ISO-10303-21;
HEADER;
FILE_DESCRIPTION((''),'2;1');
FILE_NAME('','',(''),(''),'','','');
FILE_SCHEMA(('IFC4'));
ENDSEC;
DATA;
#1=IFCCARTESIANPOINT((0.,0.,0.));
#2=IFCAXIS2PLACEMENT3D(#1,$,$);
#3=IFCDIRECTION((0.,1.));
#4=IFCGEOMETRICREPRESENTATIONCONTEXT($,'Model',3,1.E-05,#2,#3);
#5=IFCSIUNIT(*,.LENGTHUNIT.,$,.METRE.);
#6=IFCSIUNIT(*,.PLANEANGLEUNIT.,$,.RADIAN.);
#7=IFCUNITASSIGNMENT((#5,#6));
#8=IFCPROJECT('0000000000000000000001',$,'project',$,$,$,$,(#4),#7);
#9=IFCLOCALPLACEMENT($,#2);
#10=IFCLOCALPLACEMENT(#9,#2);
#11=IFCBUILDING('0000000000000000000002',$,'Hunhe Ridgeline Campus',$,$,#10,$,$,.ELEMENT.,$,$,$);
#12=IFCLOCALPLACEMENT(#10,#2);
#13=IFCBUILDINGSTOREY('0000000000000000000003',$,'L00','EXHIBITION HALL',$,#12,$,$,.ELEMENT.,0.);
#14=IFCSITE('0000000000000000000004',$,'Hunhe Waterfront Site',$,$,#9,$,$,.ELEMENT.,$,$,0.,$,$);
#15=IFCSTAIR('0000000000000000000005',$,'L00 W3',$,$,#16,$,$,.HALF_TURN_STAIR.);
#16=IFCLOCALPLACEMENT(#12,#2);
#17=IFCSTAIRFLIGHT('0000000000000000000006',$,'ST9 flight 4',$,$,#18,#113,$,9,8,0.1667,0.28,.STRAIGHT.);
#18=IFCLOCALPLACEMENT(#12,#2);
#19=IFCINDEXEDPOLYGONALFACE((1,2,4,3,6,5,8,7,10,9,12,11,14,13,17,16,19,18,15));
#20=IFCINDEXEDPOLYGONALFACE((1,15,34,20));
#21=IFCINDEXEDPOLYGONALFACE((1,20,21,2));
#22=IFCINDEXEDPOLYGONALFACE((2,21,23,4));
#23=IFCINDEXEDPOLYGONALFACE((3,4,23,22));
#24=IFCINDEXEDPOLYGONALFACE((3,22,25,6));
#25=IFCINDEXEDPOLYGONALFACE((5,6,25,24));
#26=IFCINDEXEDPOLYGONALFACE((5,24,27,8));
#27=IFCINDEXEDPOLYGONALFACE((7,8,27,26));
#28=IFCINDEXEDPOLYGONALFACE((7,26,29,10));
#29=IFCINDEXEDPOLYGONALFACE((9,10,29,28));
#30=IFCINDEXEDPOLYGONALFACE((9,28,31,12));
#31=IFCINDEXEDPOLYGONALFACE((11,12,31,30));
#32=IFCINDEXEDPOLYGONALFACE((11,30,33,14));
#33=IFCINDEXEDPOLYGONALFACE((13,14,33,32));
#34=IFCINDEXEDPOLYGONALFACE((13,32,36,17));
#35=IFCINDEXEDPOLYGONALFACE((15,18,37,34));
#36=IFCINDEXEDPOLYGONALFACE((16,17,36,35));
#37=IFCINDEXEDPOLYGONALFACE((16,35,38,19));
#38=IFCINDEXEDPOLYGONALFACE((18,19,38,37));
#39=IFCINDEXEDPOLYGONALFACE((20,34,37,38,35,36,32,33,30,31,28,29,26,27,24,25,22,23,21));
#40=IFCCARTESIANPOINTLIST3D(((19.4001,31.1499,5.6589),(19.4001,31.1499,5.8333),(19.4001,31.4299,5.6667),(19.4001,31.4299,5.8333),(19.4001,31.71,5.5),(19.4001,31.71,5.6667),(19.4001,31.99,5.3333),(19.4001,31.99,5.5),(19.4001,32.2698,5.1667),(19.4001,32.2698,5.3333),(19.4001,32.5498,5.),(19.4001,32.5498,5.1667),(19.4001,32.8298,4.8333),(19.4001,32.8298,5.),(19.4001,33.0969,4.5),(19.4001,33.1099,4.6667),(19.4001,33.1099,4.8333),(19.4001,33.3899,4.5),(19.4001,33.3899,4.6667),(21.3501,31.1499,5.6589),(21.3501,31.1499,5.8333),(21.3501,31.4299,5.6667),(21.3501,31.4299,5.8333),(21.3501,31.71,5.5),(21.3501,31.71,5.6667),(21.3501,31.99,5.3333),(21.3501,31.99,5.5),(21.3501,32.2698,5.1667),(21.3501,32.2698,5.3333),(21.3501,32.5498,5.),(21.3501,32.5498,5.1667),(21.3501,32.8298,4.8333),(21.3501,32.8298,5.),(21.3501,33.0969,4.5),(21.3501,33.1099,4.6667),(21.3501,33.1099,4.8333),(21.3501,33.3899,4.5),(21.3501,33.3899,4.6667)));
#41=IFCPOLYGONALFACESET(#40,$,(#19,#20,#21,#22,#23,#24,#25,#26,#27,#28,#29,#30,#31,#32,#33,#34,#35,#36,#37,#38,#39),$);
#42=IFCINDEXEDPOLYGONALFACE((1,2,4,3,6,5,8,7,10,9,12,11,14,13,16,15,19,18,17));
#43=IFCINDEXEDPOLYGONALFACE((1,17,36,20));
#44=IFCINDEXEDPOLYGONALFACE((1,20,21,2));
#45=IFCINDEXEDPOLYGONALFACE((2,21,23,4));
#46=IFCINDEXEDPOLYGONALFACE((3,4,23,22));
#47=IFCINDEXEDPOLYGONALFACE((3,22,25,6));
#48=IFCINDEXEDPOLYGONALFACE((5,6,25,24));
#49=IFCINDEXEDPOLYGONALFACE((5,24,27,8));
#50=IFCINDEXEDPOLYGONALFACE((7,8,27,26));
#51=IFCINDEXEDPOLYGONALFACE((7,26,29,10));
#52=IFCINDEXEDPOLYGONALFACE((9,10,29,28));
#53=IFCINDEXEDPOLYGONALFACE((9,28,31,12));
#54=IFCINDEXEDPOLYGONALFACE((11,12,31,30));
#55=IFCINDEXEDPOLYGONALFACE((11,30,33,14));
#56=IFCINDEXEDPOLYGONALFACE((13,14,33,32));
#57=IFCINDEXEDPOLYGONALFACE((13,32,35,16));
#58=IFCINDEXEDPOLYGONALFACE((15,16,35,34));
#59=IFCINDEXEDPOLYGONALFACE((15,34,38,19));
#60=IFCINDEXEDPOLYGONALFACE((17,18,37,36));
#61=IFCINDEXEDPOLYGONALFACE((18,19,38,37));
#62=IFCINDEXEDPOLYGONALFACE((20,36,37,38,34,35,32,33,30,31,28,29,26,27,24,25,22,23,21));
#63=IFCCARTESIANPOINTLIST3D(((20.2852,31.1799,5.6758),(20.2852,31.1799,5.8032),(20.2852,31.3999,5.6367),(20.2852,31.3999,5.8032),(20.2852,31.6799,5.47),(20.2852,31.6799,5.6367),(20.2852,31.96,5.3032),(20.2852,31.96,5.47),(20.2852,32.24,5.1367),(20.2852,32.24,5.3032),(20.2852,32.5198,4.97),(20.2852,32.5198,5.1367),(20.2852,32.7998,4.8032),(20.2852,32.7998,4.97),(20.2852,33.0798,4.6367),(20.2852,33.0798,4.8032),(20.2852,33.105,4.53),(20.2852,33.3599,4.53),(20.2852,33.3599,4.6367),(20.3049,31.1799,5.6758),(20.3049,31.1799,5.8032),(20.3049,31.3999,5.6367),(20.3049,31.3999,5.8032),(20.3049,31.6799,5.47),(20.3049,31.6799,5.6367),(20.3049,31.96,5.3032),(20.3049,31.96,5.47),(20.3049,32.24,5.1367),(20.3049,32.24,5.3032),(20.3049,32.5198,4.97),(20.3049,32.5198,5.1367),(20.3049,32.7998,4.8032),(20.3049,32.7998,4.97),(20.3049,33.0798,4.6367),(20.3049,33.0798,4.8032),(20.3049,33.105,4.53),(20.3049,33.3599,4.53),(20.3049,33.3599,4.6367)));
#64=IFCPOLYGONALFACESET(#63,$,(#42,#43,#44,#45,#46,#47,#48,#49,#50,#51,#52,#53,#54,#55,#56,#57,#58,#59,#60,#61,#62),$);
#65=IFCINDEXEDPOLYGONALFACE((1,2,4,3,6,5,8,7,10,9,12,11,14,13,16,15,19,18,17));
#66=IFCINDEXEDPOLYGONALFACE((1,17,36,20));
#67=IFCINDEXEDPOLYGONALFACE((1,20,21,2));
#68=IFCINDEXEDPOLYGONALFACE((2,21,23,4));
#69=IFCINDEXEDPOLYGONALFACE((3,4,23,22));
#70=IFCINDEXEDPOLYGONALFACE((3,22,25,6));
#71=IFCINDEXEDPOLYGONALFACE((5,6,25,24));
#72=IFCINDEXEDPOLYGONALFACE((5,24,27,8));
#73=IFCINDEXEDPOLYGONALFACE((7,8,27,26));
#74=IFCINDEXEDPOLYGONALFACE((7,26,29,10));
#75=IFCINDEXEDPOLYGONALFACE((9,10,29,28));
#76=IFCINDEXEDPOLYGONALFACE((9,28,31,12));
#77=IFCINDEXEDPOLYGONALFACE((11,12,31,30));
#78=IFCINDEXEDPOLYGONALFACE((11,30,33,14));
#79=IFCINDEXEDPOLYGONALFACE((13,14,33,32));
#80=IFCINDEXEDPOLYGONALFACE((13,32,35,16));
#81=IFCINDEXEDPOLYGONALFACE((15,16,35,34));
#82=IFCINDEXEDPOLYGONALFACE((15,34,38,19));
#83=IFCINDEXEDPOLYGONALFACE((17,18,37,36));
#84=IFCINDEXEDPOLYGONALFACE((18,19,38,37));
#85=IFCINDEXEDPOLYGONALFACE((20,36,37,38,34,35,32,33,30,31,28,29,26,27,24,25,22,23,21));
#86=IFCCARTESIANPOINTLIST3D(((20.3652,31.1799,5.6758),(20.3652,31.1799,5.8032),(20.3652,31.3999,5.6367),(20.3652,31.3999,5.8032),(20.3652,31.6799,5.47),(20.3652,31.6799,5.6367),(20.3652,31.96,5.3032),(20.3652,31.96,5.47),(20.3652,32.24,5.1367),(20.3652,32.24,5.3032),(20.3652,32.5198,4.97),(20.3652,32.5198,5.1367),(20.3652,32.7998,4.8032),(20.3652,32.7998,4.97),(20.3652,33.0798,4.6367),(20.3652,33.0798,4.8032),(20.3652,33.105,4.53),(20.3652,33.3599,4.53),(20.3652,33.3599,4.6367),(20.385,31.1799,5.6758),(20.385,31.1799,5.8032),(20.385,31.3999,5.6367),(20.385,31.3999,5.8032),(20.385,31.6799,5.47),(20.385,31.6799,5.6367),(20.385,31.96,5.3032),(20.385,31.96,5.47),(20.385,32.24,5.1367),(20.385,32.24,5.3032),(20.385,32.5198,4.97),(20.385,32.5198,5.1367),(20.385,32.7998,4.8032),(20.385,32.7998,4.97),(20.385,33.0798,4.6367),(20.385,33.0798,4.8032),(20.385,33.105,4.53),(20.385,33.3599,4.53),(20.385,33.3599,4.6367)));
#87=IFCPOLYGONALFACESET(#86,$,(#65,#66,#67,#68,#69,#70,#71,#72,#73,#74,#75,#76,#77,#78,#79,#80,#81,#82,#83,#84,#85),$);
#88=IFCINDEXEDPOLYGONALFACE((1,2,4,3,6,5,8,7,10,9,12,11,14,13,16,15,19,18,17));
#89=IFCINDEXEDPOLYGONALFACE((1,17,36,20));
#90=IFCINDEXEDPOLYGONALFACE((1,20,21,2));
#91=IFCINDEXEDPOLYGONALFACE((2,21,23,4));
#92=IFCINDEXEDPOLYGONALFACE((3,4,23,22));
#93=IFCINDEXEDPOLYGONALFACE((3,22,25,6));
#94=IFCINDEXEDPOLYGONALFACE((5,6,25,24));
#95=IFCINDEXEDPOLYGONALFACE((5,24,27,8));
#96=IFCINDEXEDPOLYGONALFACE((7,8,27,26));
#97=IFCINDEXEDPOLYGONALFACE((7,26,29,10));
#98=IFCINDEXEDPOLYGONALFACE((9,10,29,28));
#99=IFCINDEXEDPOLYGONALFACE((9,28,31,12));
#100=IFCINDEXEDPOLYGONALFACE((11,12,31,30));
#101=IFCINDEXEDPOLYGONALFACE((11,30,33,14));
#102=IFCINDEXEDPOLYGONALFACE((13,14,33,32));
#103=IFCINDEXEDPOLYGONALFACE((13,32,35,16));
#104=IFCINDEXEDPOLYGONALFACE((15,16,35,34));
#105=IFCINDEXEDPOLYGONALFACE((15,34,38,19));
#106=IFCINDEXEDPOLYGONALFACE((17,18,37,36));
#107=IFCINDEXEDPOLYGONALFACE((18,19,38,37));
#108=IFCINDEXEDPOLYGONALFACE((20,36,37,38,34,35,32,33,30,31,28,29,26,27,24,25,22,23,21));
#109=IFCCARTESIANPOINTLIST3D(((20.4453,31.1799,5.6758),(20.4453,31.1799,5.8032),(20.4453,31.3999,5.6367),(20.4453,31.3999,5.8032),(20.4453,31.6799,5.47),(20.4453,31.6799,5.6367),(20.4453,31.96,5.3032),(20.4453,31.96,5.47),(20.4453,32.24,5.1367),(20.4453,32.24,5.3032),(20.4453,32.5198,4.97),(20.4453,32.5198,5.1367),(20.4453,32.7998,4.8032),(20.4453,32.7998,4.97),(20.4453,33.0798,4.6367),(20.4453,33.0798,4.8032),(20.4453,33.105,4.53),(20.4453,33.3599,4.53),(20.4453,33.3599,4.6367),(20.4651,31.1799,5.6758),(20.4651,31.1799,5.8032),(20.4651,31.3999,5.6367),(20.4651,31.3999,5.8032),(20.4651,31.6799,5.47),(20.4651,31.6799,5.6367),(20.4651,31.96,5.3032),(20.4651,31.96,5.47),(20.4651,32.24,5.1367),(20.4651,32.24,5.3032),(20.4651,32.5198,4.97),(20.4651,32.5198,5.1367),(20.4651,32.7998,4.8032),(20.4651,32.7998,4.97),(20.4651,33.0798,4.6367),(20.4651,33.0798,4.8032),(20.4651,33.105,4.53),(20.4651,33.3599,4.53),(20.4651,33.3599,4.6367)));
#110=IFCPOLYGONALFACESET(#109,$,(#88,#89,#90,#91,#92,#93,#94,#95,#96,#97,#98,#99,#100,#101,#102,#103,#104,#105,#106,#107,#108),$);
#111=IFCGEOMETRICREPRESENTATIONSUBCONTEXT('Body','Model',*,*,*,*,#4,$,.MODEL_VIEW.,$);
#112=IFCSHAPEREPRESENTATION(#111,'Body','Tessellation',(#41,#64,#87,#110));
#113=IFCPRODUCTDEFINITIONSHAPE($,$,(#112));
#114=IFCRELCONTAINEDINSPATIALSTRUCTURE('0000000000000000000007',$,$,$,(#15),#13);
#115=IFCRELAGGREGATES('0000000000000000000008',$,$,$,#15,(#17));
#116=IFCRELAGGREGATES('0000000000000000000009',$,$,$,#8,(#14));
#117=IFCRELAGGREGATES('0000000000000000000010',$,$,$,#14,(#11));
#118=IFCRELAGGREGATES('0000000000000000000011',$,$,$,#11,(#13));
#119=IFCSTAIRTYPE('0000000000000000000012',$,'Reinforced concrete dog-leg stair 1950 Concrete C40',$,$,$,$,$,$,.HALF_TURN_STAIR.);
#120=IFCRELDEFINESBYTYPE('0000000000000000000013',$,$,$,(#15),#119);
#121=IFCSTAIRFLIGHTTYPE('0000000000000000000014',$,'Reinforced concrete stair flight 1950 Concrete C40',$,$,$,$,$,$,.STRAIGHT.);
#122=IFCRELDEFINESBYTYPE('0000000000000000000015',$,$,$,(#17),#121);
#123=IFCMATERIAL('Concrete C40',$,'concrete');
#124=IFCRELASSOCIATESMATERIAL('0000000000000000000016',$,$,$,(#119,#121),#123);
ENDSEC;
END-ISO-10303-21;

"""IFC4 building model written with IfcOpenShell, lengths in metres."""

from ifc_helpers import new_model, si_unit, direction, frame, origin, place, context, subcontext, project, spatial, polyline, outline, extrude, material, type_object, element, aggregate, save


model = new_model("IFC4")

# Units and contexts
model_context = context("Model", 3, precision=1e-05, world=origin(), true_north=direction((0.0, 1.0)))
body_context = subcontext(model_context, "Body", "Model", "MODEL_VIEW")
ifc_project = project(units=[si_unit("LENGTHUNIT", "METRE"), si_unit("PLANEANGLEUNIT", "RADIAN")], contexts=[model_context])

# Site, building, storey
site_placement = place(None, origin())
site = spatial("IfcSite", under=ifc_project, at=site_placement, Name="Hunhe Waterfront Site", CompositionType="ELEMENT", RefElevation=0.0)
building_placement = place(site_placement, origin())
building = spatial("IfcBuilding", under=site, at=building_placement, Name="Hunhe Ridgeline Campus", CompositionType="ELEMENT")
storey_placement = place(building_placement, origin())
storey = spatial("IfcBuildingStorey", under=building, at=storey_placement, Name="L00", Description="EXHIBITION HALL", CompositionType="ELEMENT", Elevation=0.0)

# Shared definitions
ifc_material_1 = material(Name="Concrete C40", Category="concrete")

# Stair, stair flight
stair_type = type_object("IfcStairType", Name="Reinforced concrete dog-leg stair 1950 Concrete C40", PredefinedType="HALF_TURN_STAIR", material=ifc_material_1)
stair_1_placement = place(storey_placement, origin())
stair_1 = element("IfcStair", 1, at=stair_1_placement, inside=storey, type_object=stair_type, Name="L00 W3", PredefinedType="HALF_TURN_STAIR")
stair_flight_type = type_object("IfcStairFlightType", Name="Reinforced concrete stair flight 1950 Concrete C40", PredefinedType="STRAIGHT", material=ifc_material_1)
stair_flight_1_placement = place(storey_placement, frame((20.375, 33.3899, 4.5), z_axis=(0.0, 0.0, 1.0), x_axis=(0.0, -1.0, 0.0)))
stair_flight_1 = element("IfcStairFlight", 2, at=stair_flight_1_placement, type_object=stair_flight_type, Name="ST9 flight 4", NumberOfRisers=9, NumberOfTreads=8, PredefinedType="STRAIGHT", RiserHeight=0.1667, TreadLength=0.28, context=body_context, shape_type="SweptSolid", body=[
    extrude(outline(polyline([(0.0, 0.0), (0.0, 0.1667), (0.28, 0.1667), (0.28, 0.3333), (0.5601, 0.3333), (0.5601, 0.5), (0.8401, 0.5), (0.8401, 0.6667), (1.1201, 0.6667), (1.1201, 0.8333), (1.3999, 0.8333), (1.3999, 1.0), (1.6799, 1.0), (1.6799, 1.1667), (1.96, 1.1667), (1.96, 1.3333), (2.24, 1.3333), (2.24, 1.5), (2.24, 1.1589), (0.293, 0.0), (0.0, 0.0)])), frame((0.0, 0.9751, 0.0), z_axis=(0.0, -1.0, 0.0), x_axis=(1.0, 0.0, 0.0)), (0.0, 0.0, 1.0), 1.95),
    extrude(outline(polyline([(0.03, 0.03), (0.03, 0.1367), (0.3101, 0.1367), (0.3101, 0.3032), (0.5901, 0.3032), (0.5901, 0.47), (0.8701, 0.47), (0.8701, 0.6367), (1.1499, 0.6367), (1.1499, 0.8032), (1.4299, 0.8032), (1.4299, 0.97), (1.71, 0.97), (1.71, 1.1367), (1.99, 1.1367), (1.99, 1.3032), (2.21, 1.3032), (2.21, 1.1758), (0.2849, 0.03), (0.03, 0.03)])), frame((0.0, -0.0701, 0.0), z_axis=(0.0, -1.0, 0.0), x_axis=(1.0, 0.0, 0.0)), (0.0, 0.0, 1.0), 0.0198),
    extrude(outline(polyline([(0.03, 0.03), (0.03, 0.1367), (0.3101, 0.1367), (0.3101, 0.3032), (0.5901, 0.3032), (0.5901, 0.47), (0.8701, 0.47), (0.8701, 0.6367), (1.1499, 0.6367), (1.1499, 0.8032), (1.4299, 0.8032), (1.4299, 0.97), (1.71, 0.97), (1.71, 1.1367), (1.99, 1.1367), (1.99, 1.3032), (2.21, 1.3032), (2.21, 1.1758), (0.2849, 0.03), (0.03, 0.03)])), frame((0.0, 0.01, 0.0), z_axis=(0.0, -1.0, 0.0), x_axis=(1.0, 0.0, 0.0)), (0.0, 0.0, 1.0), 0.0198),
    extrude(outline(polyline([(0.03, 0.03), (0.03, 0.1367), (0.3101, 0.1367), (0.3101, 0.3032), (0.5901, 0.3032), (0.5901, 0.47), (0.8701, 0.47), (0.8701, 0.6367), (1.1499, 0.6367), (1.1499, 0.8032), (1.4299, 0.8032), (1.4299, 0.97), (1.71, 0.97), (1.71, 1.1367), (1.99, 1.1367), (1.99, 1.3032), (2.21, 1.3032), (2.21, 1.1758), (0.2849, 0.03), (0.03, 0.03)])), frame((0.0, 0.0901, 0.0), z_axis=(0.0, -1.0, 0.0), x_axis=(1.0, 0.0, 0.0)), (0.0, 0.0, 1.0), 0.0198),
])
aggregate(stair_1, [stair_flight_1])

save(model, "model.ifc")
